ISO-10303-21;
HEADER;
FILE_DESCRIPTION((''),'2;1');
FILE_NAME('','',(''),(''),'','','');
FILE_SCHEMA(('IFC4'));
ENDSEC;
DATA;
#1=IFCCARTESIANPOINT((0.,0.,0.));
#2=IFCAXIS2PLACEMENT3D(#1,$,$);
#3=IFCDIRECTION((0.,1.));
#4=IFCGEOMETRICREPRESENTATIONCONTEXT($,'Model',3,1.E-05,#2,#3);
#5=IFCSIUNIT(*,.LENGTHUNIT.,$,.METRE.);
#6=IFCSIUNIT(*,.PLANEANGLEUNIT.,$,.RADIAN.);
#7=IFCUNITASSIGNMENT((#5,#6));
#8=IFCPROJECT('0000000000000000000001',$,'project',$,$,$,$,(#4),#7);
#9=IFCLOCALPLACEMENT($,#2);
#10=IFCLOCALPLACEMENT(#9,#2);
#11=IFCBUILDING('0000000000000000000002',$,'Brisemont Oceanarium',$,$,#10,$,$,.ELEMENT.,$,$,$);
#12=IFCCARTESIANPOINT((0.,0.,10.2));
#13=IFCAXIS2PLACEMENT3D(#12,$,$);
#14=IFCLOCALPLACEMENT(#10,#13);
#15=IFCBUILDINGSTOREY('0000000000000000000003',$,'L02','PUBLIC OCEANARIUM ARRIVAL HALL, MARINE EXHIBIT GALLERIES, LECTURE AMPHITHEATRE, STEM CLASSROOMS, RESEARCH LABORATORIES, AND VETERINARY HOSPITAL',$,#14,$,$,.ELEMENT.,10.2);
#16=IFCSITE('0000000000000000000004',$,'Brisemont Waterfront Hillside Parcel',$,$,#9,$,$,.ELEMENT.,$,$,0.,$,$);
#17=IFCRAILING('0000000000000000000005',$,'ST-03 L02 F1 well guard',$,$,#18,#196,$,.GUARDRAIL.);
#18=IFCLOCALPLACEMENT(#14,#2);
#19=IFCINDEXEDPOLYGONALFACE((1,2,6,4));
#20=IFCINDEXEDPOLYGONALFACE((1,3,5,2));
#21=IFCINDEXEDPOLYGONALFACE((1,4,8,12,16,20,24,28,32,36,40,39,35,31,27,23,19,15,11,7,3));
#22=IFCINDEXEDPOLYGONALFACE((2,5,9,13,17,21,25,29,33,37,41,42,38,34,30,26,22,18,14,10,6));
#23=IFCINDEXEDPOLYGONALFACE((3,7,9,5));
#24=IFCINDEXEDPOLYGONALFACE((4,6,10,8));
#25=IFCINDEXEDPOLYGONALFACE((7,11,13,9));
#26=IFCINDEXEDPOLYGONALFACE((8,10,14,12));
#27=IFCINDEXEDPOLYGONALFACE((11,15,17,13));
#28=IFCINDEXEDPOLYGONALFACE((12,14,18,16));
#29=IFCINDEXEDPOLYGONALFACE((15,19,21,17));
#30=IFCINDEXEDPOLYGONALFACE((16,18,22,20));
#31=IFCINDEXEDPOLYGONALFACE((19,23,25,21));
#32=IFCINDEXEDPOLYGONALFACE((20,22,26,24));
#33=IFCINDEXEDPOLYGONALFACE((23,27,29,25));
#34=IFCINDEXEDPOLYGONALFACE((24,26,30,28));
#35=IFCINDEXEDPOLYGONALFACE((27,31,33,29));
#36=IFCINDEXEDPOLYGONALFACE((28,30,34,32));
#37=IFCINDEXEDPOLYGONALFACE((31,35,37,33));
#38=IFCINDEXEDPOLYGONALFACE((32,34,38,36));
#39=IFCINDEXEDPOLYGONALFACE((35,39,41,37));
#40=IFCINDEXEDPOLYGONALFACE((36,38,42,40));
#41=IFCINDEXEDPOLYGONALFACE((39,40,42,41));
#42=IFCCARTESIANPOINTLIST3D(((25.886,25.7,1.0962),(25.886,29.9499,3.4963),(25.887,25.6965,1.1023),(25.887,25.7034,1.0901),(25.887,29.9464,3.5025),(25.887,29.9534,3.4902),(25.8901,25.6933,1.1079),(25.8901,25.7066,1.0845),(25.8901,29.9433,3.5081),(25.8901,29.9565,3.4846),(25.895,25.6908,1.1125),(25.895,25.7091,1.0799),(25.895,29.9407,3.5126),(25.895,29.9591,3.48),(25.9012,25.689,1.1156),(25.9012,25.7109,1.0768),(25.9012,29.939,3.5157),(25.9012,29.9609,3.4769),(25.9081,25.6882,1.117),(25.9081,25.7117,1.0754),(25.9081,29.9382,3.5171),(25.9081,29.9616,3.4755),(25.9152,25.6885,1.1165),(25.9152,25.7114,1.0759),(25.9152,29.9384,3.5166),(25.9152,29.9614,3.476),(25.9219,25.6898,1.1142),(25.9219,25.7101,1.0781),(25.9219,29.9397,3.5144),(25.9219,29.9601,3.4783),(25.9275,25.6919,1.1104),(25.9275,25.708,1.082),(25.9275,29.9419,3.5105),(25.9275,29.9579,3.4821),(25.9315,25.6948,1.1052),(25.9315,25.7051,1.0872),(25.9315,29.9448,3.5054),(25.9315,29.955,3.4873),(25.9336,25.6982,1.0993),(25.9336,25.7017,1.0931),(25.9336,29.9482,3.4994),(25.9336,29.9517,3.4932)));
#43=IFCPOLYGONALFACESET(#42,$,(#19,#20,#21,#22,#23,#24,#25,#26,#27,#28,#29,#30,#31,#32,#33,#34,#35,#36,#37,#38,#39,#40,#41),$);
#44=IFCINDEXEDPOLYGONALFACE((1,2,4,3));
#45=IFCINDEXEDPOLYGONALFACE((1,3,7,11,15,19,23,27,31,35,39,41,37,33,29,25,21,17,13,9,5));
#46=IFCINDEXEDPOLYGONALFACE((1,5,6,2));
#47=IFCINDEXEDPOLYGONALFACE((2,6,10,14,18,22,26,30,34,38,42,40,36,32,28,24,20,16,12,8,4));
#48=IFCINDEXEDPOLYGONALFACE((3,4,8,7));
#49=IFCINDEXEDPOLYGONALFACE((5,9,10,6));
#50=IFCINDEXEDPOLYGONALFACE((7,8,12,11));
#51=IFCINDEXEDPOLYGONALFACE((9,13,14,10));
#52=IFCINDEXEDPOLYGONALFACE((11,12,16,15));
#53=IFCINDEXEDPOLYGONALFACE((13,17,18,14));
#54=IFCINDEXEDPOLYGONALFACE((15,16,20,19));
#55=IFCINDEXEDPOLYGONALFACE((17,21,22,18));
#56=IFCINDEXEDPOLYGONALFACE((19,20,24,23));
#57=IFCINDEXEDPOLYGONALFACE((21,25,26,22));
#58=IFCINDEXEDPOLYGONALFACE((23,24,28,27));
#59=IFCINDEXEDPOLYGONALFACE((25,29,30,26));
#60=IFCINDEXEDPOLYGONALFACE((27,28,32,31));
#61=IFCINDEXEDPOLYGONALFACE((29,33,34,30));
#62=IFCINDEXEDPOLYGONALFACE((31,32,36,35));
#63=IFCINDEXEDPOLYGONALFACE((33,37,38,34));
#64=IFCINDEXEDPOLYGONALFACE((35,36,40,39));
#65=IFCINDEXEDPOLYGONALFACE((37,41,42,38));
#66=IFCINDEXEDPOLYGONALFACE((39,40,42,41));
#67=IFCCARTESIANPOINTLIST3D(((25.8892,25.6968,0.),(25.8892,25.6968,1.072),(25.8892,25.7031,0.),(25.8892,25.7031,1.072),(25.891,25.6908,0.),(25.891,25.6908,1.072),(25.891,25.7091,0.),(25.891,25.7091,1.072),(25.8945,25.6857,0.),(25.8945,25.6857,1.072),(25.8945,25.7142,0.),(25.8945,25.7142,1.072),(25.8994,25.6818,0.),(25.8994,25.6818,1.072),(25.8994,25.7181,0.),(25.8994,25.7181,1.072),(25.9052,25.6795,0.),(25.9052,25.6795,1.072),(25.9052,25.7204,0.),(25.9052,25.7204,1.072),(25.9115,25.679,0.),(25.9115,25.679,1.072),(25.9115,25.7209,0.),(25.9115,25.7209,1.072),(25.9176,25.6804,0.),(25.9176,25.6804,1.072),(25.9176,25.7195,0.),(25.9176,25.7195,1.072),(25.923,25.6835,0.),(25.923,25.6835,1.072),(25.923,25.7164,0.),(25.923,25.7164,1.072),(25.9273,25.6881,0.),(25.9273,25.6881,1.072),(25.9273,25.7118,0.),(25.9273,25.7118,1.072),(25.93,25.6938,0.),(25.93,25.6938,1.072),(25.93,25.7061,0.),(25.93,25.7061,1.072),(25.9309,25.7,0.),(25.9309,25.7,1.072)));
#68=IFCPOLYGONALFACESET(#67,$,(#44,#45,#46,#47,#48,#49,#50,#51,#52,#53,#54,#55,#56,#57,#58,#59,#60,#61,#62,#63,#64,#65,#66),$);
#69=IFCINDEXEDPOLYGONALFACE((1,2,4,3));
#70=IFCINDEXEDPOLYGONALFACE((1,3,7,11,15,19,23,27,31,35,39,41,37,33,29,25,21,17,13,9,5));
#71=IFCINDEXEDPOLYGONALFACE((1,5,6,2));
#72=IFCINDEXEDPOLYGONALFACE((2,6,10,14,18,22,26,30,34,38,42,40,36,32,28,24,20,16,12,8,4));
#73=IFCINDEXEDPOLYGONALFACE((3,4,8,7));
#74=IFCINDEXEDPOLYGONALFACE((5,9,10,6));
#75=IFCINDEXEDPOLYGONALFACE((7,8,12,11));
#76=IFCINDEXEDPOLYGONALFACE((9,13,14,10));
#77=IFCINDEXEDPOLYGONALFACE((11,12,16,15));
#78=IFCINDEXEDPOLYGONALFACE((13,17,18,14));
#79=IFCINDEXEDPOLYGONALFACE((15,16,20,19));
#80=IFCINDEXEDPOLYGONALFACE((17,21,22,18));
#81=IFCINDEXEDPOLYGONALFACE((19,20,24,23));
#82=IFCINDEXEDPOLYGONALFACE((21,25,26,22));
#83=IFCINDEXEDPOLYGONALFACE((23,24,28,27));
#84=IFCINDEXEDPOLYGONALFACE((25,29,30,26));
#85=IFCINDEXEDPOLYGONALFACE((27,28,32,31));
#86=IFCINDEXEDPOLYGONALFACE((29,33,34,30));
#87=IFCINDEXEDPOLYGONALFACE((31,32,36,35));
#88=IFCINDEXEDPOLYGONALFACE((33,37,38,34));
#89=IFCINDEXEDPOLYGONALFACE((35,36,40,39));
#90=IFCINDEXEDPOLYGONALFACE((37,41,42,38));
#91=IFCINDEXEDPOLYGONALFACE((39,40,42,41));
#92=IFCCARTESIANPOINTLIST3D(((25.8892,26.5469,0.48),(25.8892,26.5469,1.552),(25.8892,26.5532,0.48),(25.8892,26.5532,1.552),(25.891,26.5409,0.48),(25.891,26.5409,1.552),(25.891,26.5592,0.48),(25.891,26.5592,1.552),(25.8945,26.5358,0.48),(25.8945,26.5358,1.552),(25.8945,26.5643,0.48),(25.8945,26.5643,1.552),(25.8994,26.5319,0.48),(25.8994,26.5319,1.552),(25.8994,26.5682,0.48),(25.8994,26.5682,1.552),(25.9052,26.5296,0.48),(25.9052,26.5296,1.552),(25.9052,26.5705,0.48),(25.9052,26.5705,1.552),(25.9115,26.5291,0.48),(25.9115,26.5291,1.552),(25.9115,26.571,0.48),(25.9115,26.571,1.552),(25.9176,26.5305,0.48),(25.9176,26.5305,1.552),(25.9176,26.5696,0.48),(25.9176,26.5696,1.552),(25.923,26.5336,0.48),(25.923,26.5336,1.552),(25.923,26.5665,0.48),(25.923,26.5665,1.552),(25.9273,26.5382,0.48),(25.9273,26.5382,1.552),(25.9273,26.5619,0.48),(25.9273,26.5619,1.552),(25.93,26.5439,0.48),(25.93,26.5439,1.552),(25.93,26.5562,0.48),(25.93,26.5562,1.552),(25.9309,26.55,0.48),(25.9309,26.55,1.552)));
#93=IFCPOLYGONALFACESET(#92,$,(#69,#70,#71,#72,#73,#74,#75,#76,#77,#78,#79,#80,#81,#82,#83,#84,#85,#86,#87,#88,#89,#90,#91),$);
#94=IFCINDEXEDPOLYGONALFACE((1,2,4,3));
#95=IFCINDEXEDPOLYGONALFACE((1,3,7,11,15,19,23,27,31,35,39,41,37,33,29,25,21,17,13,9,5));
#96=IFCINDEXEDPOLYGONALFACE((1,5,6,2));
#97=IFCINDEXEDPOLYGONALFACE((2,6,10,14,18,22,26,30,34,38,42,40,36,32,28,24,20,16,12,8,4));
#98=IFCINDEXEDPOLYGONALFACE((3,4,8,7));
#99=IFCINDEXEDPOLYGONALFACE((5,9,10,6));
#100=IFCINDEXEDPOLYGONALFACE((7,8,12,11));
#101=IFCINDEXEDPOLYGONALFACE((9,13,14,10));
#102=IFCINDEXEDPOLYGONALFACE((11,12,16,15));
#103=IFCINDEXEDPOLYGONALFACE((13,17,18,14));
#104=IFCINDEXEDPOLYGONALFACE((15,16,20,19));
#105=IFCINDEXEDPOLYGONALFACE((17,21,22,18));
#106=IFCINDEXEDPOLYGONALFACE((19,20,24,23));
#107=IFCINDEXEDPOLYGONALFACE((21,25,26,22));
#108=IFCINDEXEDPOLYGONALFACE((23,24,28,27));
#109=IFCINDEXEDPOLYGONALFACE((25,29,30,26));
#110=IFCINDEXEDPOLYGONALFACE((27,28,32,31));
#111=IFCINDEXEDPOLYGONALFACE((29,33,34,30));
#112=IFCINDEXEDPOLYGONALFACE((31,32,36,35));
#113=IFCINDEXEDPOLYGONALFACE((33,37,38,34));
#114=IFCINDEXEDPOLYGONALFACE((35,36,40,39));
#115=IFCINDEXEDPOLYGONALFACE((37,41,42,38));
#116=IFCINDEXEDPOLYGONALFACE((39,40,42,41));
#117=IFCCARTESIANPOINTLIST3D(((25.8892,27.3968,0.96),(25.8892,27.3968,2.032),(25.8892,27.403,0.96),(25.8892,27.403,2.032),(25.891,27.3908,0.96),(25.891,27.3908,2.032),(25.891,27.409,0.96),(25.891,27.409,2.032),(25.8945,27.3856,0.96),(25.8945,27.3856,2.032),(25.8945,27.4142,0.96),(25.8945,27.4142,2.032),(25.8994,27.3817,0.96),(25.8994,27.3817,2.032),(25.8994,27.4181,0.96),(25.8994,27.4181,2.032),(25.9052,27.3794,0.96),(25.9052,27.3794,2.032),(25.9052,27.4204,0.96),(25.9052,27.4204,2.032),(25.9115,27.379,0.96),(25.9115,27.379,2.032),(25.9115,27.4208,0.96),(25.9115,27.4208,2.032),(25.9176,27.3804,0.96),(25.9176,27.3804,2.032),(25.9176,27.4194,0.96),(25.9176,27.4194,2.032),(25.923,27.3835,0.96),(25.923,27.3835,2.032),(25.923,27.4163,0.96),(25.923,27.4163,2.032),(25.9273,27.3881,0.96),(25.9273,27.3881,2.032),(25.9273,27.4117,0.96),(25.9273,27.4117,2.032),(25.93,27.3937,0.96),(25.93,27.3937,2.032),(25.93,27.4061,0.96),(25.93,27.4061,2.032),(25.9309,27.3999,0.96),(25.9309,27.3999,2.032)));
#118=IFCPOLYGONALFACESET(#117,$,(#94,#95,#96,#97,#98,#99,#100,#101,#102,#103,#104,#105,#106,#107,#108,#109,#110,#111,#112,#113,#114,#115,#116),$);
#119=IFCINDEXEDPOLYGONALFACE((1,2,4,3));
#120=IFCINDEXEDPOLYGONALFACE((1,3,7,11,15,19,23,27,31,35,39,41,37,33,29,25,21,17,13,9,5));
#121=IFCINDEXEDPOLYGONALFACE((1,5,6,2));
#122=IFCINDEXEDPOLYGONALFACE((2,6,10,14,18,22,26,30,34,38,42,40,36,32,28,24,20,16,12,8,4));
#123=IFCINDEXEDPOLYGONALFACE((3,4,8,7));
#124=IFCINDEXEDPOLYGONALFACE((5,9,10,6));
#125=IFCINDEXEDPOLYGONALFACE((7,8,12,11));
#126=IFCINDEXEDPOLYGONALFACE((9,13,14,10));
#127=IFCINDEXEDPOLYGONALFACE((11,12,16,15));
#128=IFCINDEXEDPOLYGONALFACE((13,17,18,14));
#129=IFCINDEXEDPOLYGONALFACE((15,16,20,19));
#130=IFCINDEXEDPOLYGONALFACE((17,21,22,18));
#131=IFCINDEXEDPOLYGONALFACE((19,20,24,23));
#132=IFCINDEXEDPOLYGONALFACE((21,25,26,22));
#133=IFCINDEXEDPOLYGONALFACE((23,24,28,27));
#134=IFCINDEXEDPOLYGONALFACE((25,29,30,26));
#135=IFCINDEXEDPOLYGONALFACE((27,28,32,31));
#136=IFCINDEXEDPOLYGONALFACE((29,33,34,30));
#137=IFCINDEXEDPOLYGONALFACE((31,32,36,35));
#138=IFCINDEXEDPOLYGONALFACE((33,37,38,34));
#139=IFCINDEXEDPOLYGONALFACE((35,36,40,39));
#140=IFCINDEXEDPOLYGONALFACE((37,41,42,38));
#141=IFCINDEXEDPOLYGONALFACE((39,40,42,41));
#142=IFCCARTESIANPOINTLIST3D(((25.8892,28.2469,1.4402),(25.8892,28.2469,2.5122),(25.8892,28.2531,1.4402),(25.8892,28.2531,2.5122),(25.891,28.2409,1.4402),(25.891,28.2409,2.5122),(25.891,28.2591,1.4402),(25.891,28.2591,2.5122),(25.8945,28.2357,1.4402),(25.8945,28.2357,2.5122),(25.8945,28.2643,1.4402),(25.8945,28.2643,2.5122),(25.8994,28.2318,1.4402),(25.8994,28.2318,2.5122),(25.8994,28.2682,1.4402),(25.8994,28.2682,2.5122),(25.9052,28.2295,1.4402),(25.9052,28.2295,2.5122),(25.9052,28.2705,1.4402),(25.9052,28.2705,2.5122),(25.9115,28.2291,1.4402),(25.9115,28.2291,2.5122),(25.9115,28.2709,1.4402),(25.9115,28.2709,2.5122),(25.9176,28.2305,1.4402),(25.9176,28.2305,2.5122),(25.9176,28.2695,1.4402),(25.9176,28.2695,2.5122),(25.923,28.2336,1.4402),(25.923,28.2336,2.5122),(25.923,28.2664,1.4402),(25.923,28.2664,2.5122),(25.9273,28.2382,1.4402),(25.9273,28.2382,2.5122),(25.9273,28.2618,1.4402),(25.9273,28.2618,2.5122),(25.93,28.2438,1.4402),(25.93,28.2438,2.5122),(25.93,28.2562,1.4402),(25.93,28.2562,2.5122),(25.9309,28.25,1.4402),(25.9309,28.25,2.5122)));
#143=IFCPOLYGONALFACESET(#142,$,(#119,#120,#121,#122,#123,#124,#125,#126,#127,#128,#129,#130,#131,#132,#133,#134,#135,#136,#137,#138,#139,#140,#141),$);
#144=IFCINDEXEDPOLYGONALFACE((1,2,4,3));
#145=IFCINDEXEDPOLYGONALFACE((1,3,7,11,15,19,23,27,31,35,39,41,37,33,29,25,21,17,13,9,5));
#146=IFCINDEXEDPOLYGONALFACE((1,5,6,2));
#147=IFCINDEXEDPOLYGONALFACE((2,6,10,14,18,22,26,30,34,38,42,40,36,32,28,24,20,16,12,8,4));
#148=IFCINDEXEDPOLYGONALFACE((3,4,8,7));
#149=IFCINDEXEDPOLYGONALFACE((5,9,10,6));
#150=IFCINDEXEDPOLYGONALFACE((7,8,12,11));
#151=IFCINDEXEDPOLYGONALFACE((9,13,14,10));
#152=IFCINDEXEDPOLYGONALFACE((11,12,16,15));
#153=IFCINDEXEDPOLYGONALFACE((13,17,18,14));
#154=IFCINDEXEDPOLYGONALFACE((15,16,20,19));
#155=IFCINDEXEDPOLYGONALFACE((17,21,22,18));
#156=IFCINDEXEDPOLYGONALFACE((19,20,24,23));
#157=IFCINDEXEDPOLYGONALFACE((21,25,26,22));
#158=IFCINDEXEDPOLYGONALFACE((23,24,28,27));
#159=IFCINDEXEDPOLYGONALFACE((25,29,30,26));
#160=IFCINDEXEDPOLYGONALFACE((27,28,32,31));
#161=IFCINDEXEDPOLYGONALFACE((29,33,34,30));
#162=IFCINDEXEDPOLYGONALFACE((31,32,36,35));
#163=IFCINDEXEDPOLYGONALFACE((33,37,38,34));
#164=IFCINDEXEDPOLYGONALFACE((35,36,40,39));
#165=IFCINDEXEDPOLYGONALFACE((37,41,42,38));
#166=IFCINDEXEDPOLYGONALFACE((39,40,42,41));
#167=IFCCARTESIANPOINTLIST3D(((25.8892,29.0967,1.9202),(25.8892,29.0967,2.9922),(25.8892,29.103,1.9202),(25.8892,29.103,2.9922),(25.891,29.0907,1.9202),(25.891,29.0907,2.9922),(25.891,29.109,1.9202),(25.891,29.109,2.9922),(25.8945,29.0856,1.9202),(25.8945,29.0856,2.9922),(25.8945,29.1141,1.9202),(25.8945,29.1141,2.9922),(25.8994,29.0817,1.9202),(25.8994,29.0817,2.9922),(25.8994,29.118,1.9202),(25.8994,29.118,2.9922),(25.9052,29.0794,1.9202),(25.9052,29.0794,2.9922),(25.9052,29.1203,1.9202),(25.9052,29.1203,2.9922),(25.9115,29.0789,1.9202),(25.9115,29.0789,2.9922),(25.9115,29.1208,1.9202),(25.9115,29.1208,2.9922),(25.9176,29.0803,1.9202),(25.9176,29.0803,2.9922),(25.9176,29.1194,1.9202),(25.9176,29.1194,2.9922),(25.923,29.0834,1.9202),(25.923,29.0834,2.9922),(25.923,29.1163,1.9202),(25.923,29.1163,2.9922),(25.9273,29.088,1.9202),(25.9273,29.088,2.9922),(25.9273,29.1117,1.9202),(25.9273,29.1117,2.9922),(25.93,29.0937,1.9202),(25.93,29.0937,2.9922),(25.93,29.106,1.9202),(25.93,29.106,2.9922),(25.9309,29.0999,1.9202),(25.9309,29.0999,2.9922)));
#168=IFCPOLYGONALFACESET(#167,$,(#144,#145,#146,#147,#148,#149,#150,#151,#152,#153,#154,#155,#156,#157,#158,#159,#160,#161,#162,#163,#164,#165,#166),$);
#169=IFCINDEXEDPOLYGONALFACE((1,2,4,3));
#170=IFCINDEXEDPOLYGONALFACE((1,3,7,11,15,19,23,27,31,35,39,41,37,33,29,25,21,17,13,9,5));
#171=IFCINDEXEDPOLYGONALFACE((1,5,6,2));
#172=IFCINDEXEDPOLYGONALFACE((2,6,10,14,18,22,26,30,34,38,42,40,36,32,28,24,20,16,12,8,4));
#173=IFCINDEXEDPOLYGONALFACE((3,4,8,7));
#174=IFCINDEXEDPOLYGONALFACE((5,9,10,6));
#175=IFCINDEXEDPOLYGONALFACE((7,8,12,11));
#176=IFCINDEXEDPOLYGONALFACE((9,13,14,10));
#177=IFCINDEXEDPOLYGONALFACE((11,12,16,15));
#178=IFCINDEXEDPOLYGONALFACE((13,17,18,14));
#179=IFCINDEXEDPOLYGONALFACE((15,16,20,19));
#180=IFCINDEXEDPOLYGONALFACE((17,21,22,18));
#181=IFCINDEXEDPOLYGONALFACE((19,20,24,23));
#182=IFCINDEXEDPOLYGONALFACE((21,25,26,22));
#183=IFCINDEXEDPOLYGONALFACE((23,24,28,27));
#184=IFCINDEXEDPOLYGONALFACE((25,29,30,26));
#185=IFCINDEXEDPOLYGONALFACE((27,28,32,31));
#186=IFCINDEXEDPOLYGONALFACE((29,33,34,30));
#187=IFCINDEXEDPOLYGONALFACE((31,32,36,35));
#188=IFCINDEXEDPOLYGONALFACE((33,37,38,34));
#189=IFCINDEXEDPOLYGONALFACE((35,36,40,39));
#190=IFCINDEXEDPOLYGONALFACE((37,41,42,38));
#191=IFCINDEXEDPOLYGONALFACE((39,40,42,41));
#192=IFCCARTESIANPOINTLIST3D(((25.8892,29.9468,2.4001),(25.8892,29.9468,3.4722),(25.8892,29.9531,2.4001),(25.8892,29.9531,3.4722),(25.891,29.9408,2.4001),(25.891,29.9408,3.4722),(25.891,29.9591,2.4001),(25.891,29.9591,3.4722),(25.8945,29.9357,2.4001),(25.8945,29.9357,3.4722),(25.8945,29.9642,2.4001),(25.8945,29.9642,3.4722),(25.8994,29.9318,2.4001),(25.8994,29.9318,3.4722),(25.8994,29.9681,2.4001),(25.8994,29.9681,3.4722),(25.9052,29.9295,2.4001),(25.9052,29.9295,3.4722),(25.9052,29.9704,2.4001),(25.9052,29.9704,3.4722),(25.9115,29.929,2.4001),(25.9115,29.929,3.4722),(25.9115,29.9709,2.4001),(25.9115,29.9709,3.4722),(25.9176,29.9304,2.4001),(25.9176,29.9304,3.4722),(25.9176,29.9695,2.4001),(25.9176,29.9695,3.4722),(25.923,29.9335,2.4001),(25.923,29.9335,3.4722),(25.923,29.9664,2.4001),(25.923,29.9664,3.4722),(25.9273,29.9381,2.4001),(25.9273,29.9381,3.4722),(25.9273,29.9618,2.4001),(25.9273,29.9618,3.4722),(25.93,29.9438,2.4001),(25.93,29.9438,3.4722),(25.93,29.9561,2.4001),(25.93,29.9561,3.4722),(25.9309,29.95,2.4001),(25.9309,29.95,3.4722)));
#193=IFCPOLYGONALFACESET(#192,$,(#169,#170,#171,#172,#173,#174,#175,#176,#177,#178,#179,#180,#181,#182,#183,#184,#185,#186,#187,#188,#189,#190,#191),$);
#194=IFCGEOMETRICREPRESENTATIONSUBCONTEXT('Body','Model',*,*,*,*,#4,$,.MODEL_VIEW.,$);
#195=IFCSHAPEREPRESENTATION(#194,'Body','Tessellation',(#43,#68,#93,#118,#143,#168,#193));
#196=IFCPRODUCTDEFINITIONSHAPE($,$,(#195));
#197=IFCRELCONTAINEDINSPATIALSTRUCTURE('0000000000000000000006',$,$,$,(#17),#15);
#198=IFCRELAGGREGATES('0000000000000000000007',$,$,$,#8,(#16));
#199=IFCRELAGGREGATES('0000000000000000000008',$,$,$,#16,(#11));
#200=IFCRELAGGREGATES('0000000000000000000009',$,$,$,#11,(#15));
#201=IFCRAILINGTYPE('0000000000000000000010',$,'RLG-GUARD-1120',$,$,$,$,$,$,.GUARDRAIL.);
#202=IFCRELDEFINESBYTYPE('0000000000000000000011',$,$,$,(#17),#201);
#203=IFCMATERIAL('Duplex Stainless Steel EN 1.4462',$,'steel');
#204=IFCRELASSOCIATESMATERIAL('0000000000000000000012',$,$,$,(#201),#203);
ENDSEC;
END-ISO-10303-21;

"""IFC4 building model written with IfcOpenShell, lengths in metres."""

from ifc_helpers import new_model, si_unit, direction, frame, origin, origin_2d, place, context, subcontext, project, spatial, circle, extrude, material, type_object, element, save


model = new_model("IFC4")

# Units and contexts
model_context = context("Model", 3, precision=1e-05, world=origin(), true_north=direction((0.0, 1.0)))
body_context = subcontext(model_context, "Body", "Model", "MODEL_VIEW")
ifc_project = project(units=[si_unit("LENGTHUNIT", "METRE"), si_unit("PLANEANGLEUNIT", "RADIAN")], contexts=[model_context])

# Site, building, storey
site_placement = place(None, origin())
site = spatial("IfcSite", under=ifc_project, at=site_placement, Name="Brisemont Waterfront Hillside Parcel", CompositionType="ELEMENT", RefElevation=0.0)
building_placement = place(site_placement, origin())
building = spatial("IfcBuilding", under=site, at=building_placement, Name="Brisemont Oceanarium", CompositionType="ELEMENT")
storey_placement = place(building_placement, frame((0.0, 0.0, 10.2)))
storey = spatial("IfcBuildingStorey", under=building, at=storey_placement, Name="L02", Description="PUBLIC OCEANARIUM ARRIVAL HALL, MARINE EXHIBIT GALLERIES, LECTURE AMPHITHEATRE, STEM CLASSROOMS, RESEARCH LABORATORIES, AND VETERINARY HOSPITAL", CompositionType="ELEMENT", Elevation=10.2)

# Railing
ifc_material_1 = material(Name="Duplex Stainless Steel EN 1.4462", Category="steel")
railing_type_1 = type_object("IfcRailingType", Name="RLG-GUARD-1120", PredefinedType="GUARDRAIL", material=ifc_material_1)
railing_1_placement = place(storey_placement, frame((25.9099, 25.7, 0.0)))
element("IfcRailing", 1, at=railing_1_placement, inside=storey, type_object=railing_type_1, Name="ST-03 L02 F1 well guard", PredefinedType="GUARDRAIL", context=body_context, shape_type="SweptSolid", body=[
    extrude(circle(Radius=0.0239, at=origin_2d()), frame((0.0, 0.0, 1.0962), z_axis=(0.0, 0.870741, 0.491742), x_axis=(-1.0, 0.0, 0.0)), (0.0, 0.0, 1.0), 4.8809),
    extrude(circle(Radius=0.021, at=origin_2d()), origin(), (0.0, 0.0, 1.0), 1.072),
    extrude(circle(Radius=0.021, at=origin_2d()), frame((0.0, 0.8501, 0.48)), (0.0, 0.0, 1.0), 1.072),
    extrude(circle(Radius=0.021, at=origin_2d()), frame((0.0, 1.7, 0.96)), (0.0, 0.0, 1.0), 1.072),
    extrude(circle(Radius=0.021, at=origin_2d()), frame((0.0, 2.55, 1.4402)), (0.0, 0.0, 1.0), 1.072),
    extrude(circle(Radius=0.021, at=origin_2d()), frame((0.0, 3.3999, 1.9202)), (0.0, 0.0, 1.0), 1.072),
    extrude(circle(Radius=0.021, at=origin_2d()), frame((0.0, 4.25, 2.4001)), (0.0, 0.0, 1.0), 1.072),
])

save(model, "model.ifc")
